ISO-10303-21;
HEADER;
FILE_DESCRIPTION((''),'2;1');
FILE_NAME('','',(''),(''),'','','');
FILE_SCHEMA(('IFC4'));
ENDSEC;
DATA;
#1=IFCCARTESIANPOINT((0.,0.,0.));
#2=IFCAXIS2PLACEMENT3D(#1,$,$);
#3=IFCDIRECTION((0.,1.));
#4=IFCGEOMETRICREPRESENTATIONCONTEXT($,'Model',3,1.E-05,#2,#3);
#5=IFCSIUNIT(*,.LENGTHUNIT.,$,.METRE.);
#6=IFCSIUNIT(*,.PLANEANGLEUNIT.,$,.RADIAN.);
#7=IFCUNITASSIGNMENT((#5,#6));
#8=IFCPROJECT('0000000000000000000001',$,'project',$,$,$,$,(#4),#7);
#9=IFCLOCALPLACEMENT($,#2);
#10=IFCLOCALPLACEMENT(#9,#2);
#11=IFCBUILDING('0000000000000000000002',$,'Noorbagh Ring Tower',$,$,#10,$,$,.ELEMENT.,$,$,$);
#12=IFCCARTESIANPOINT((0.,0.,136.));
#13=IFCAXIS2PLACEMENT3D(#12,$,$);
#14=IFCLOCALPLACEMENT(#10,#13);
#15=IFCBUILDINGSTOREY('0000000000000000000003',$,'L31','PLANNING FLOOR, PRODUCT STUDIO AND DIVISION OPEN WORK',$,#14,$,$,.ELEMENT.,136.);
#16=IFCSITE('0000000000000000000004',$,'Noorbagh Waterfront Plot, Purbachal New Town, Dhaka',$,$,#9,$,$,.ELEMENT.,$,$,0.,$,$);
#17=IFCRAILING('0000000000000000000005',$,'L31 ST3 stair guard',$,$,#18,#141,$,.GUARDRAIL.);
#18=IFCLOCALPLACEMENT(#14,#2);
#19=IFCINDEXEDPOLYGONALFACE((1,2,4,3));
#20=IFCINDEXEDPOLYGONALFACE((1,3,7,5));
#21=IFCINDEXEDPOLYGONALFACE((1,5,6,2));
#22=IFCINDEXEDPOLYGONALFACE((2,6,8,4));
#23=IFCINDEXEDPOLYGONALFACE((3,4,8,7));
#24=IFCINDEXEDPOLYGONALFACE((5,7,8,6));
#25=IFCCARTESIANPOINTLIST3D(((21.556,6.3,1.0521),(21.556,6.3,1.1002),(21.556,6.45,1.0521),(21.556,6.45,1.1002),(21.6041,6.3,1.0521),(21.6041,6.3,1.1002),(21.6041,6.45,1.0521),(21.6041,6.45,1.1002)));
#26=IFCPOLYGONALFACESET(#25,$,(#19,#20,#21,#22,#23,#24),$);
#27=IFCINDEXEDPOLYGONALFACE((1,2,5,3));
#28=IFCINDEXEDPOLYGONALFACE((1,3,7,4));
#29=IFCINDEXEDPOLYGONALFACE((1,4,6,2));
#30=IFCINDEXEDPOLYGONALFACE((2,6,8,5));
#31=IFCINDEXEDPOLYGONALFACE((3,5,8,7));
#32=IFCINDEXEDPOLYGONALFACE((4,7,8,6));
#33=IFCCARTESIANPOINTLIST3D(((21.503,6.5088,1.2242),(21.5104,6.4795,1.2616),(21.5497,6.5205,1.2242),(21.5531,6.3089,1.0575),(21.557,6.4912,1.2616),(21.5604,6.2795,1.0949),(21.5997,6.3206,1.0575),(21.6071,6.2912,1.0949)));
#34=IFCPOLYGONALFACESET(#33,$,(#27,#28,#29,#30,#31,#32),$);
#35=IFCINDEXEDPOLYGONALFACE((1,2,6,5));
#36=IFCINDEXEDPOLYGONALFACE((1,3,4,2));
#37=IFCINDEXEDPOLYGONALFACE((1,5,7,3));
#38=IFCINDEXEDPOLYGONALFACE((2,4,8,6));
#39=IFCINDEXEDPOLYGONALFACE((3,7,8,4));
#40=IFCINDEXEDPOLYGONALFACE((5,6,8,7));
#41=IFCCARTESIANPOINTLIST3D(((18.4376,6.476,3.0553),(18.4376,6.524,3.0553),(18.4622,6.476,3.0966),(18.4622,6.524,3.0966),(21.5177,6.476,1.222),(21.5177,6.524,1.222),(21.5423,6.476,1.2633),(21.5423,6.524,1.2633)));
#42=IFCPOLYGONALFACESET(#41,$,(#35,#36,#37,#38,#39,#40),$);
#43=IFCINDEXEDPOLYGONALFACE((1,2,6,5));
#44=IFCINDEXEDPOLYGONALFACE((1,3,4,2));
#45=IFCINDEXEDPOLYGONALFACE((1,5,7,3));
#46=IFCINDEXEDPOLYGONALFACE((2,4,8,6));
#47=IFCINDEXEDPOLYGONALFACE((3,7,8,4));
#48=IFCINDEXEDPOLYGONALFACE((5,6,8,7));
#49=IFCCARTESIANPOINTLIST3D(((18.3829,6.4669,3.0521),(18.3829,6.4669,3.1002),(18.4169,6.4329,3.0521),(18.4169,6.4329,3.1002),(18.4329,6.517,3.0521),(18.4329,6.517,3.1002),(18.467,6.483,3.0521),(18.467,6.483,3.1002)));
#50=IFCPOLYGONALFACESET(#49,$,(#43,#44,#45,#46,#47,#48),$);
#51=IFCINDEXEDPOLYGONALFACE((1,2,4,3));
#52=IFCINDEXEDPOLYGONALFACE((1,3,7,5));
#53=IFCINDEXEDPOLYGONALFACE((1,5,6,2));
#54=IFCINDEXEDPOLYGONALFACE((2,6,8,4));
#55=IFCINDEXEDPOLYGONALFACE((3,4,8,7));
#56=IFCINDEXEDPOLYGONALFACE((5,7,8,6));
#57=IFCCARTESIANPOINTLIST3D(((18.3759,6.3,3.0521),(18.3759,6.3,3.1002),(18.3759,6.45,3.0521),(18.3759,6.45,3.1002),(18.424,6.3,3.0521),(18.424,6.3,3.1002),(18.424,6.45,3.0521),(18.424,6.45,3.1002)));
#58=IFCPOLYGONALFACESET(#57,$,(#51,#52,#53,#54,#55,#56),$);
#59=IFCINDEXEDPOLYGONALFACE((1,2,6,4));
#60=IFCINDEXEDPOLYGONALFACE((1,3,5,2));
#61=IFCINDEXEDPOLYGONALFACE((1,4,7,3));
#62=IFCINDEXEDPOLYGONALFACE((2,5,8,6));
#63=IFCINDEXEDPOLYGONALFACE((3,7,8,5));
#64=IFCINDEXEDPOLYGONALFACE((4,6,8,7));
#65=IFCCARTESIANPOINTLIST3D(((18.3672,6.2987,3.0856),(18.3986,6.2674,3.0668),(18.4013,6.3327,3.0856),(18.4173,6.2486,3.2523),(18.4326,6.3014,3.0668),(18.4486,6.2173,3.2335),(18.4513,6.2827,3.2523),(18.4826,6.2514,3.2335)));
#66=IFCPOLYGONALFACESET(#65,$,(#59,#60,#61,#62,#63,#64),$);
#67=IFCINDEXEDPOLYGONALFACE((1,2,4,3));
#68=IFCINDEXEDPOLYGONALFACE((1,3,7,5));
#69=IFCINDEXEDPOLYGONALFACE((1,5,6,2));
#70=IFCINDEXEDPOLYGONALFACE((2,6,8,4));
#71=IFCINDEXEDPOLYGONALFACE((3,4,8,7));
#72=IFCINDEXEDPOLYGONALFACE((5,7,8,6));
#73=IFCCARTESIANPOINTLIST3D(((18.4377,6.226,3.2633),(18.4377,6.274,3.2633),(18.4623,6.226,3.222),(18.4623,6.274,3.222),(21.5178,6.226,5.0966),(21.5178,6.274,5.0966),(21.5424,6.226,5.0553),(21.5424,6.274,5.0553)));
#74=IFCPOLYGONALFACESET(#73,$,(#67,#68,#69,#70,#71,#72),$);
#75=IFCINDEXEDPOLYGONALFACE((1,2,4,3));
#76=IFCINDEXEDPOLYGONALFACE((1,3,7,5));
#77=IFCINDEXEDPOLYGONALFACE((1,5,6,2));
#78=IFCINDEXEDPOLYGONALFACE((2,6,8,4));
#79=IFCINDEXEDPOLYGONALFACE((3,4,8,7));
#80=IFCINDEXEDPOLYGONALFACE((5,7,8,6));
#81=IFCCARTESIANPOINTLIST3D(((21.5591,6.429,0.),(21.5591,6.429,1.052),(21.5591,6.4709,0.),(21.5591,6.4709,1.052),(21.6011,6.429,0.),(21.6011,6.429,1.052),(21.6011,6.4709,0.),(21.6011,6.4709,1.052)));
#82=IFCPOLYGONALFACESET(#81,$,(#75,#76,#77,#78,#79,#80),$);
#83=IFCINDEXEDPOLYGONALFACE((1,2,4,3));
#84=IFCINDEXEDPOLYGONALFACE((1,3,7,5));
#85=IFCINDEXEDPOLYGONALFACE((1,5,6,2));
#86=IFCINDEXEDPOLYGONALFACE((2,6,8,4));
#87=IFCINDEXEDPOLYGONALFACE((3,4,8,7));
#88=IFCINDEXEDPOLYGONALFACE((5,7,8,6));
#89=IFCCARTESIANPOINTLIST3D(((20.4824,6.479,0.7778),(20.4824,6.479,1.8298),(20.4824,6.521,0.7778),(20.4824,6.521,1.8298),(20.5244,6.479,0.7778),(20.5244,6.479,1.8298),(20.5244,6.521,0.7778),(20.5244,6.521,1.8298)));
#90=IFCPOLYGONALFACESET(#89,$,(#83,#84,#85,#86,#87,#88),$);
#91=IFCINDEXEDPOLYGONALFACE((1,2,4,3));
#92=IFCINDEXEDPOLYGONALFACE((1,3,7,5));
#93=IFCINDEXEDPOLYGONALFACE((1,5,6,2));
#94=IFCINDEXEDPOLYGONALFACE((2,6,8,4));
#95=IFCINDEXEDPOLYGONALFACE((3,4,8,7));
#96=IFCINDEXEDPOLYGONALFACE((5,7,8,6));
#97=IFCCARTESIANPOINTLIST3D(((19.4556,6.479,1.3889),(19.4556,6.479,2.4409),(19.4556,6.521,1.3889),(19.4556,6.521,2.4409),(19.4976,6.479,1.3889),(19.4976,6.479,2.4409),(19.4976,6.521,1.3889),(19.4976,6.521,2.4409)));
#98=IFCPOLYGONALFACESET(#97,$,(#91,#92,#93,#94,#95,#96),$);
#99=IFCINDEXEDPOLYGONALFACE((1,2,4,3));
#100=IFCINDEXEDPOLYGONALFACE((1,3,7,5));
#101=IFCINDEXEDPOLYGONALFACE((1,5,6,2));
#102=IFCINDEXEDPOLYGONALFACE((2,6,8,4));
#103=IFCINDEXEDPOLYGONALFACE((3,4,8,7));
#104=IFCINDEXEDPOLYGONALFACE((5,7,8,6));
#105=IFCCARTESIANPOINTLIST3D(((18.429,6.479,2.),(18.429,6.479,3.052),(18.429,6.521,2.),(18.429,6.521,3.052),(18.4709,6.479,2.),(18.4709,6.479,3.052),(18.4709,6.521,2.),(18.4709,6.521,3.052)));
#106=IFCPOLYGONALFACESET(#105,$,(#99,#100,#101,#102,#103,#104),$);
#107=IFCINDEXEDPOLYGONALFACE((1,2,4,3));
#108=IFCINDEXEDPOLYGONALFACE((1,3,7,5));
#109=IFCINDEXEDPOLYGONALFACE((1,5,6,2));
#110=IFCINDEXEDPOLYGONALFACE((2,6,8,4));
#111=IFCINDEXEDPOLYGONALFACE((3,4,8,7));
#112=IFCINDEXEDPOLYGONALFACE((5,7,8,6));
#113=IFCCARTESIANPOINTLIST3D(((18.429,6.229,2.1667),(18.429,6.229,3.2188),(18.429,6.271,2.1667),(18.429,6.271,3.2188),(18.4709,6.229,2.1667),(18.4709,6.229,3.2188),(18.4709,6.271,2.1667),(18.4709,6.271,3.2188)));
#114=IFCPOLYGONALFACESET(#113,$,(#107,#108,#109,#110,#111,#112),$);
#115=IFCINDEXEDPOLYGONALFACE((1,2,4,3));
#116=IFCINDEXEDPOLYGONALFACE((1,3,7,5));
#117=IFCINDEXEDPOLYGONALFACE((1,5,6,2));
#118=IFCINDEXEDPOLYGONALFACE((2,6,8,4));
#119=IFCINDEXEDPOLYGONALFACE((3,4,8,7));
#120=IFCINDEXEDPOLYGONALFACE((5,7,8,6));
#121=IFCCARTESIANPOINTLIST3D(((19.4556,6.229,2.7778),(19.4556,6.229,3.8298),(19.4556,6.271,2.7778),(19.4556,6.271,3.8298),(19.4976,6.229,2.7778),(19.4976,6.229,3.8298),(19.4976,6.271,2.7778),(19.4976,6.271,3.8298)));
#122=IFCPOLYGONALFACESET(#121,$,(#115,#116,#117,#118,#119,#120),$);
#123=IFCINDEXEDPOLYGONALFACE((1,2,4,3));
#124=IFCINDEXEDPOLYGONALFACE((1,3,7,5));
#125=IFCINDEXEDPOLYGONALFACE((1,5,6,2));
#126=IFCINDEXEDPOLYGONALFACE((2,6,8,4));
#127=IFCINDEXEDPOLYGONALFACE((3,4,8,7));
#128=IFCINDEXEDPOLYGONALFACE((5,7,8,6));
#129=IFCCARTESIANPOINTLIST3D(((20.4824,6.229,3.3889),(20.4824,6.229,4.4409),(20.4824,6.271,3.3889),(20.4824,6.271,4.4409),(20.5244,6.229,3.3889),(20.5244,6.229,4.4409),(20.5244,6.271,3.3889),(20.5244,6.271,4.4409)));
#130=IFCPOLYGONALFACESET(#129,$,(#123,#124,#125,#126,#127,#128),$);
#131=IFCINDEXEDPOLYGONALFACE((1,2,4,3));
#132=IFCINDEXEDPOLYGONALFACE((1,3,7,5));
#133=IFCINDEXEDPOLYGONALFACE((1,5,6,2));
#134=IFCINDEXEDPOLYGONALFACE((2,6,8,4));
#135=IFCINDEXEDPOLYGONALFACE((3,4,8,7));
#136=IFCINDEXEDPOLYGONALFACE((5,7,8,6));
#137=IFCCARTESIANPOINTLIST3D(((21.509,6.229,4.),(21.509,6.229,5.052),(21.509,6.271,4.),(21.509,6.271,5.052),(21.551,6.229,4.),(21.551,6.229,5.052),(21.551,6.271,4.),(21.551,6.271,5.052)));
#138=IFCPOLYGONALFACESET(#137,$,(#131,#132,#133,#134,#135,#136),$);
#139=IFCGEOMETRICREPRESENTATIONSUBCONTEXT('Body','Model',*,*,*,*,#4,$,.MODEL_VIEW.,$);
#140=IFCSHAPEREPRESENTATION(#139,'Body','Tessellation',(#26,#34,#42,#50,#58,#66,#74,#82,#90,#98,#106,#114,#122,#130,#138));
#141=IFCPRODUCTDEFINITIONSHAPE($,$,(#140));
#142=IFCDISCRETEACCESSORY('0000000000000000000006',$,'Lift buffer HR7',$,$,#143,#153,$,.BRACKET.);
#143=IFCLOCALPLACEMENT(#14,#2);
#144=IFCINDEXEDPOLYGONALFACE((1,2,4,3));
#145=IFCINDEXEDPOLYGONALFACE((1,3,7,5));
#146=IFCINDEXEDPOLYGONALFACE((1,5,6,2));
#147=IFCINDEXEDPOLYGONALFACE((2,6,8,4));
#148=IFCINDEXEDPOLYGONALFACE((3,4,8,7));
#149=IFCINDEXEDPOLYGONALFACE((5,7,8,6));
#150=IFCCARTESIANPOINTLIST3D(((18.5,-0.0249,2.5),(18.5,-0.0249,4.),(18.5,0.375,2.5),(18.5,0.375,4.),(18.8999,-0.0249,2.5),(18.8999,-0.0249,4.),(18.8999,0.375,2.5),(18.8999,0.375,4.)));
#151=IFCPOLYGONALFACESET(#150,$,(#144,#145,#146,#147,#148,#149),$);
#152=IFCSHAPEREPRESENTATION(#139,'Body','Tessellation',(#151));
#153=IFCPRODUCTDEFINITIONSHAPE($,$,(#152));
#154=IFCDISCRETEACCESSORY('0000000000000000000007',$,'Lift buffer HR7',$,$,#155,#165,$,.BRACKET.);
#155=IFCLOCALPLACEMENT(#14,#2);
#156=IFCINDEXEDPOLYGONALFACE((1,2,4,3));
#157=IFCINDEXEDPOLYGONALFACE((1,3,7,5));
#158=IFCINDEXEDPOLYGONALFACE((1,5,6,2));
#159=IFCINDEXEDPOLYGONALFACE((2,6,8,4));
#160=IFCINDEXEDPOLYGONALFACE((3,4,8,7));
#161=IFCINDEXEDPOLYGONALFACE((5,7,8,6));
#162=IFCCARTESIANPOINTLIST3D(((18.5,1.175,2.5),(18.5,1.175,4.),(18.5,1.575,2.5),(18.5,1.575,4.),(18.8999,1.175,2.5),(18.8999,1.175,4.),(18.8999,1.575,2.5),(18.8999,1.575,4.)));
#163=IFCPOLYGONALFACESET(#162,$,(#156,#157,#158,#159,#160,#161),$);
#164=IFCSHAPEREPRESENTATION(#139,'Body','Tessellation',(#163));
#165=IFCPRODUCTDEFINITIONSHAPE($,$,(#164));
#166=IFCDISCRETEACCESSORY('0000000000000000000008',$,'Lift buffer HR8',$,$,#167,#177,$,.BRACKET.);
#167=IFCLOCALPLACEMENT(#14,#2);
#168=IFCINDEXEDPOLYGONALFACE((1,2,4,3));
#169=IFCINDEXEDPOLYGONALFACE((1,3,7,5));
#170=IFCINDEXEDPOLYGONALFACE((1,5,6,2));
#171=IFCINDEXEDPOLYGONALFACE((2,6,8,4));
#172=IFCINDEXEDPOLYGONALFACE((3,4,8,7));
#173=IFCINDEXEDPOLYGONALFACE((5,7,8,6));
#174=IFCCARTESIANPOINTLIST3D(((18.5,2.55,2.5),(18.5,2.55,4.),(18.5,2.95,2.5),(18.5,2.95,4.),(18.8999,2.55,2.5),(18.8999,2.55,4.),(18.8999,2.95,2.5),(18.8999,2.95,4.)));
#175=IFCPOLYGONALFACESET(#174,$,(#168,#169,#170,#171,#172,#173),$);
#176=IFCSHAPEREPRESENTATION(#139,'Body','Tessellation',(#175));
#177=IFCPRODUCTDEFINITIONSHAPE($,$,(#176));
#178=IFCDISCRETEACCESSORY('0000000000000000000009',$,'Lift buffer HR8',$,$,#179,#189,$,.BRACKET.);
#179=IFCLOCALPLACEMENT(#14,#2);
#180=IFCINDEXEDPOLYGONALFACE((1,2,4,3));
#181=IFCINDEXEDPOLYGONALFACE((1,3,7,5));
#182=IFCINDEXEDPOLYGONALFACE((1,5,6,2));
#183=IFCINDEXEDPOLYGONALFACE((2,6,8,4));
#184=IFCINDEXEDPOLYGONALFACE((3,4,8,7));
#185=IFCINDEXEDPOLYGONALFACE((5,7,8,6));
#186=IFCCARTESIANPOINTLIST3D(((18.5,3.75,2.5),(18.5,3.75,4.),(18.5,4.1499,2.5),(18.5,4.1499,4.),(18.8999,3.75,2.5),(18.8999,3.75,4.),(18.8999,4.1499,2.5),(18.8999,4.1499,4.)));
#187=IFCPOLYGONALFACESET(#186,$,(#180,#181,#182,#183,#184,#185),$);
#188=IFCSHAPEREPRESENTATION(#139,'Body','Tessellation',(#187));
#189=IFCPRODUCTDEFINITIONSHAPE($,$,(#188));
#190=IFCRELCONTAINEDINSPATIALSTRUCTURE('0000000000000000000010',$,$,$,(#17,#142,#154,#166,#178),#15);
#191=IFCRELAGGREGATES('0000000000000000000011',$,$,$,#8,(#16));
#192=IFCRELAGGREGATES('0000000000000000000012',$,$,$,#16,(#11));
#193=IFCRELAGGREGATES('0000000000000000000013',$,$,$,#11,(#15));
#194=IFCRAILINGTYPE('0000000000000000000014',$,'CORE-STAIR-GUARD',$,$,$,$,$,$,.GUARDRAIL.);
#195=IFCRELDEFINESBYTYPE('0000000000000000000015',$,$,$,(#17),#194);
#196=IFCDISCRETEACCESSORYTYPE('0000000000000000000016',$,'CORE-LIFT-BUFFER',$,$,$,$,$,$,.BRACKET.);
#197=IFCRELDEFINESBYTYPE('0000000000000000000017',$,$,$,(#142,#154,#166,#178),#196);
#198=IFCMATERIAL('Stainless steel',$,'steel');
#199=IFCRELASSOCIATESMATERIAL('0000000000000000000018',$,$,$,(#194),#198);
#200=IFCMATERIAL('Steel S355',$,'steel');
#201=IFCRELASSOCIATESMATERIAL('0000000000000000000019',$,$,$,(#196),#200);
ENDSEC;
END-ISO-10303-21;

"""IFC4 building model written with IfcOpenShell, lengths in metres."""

from ifc_helpers import new_model, si_unit, direction, frame, origin, origin_2d, place, context, subcontext, project, spatial, rectangle, extrude, material, type_object, element, save


model = new_model("IFC4")

# Units and contexts
model_context = context("Model", 3, precision=1e-05, world=origin(), true_north=direction((0.0, 1.0)))
body_context = subcontext(model_context, "Body", "Model", "MODEL_VIEW")
ifc_project = project(units=[si_unit("LENGTHUNIT", "METRE"), si_unit("PLANEANGLEUNIT", "RADIAN")], contexts=[model_context])

# Site, building, storey
site_placement = place(None, origin())
site = spatial("IfcSite", under=ifc_project, at=site_placement, Name="Noorbagh Waterfront Plot, Purbachal New Town, Dhaka", CompositionType="ELEMENT", RefElevation=0.0)
building_placement = place(site_placement, origin())
building = spatial("IfcBuilding", under=site, at=building_placement, Name="Noorbagh Ring Tower", CompositionType="ELEMENT")
storey_placement = place(building_placement, frame((0.0, 0.0, 136.0)))
storey = spatial("IfcBuildingStorey", under=building, at=storey_placement, Name="L31", Description="PLANNING FLOOR, PRODUCT STUDIO AND DIVISION OPEN WORK", CompositionType="ELEMENT", Elevation=136.0)

# Railing
ifc_material_1 = material(Name="Stainless steel", Category="steel")
railing_type = type_object("IfcRailingType", Name="CORE-STAIR-GUARD", PredefinedType="GUARDRAIL", material=ifc_material_1)
railing_placement = place(storey_placement, frame((21.5801, 6.45, 0.0)))
element("IfcRailing", 1, at=railing_placement, inside=storey, type_object=railing_type, Name="L31 ST3 stair guard", PredefinedType="GUARDRAIL", context=body_context, shape_type="SweptSolid", body=[
    extrude(rectangle(XDim=0.0481, YDim=0.0481, at=origin_2d()), frame((0.0, 0.0, 1.0762), z_axis=(0.0, -1.0, 0.0), x_axis=(1.0, 0.0, 0.0)), (0.0, 0.0, 1.0), 0.1499),
    extrude(rectangle(XDim=0.0481, YDim=0.0481, at=origin_2d()), frame((0.0, -0.1499, 1.0762), z_axis=(-0.188776, 0.754182, 0.628946), x_axis=(-0.970073, -0.242814, 0.0)), (0.0, 0.0, 1.0), 0.2651),
    extrude(rectangle(XDim=0.0481, YDim=0.0481, at=origin_2d()), frame((-0.05, 0.05, 1.2427), z_axis=(-0.859309, 0.0, 0.511458), x_axis=(0.0, -1.0, 0.0)), (0.0, 0.0, 1.0), 3.5845),
    extrude(rectangle(XDim=0.0481, YDim=0.0481, at=origin_2d()), frame((-3.1301, 0.05, 3.0762), z_axis=(-0.707107, -0.707107, 0.0), x_axis=(0.707107, -0.707107, 0.0)), (0.0, 0.0, 1.0), 0.0708),
    extrude(rectangle(XDim=0.0481, YDim=0.0481, at=origin_2d()), frame((-3.1802, 0.0, 3.0762), z_axis=(0.0, -1.0, 0.0), x_axis=(1.0, 0.0, 0.0)), (0.0, 0.0, 1.0), 0.1499),
    extrude(rectangle(XDim=0.0481, YDim=0.0481, at=origin_2d()), frame((-3.1802, -0.1499, 3.0762), z_axis=(0.276287, -0.276287, 0.920506), x_axis=(0.707107, 0.707107, 0.0)), (0.0, 0.0, 1.0), 0.1812),
    extrude(rectangle(XDim=0.0481, YDim=0.0481, at=origin_2d()), frame((-3.1301, -0.2, 3.2427), z_axis=(0.859309, 0.0, 0.511458), x_axis=(0.0, 1.0, 0.0)), (0.0, 0.0, 1.0), 3.5845),
    extrude(rectangle(XDim=0.042, YDim=0.042, at=origin_2d()), origin(), (0.0, 0.0, 1.0), 1.052),
    extrude(rectangle(XDim=0.042, YDim=0.042, at=origin_2d()), frame((-1.0767, 0.05, 0.7778)), (0.0, 0.0, 1.0), 1.052),
    extrude(rectangle(XDim=0.042, YDim=0.042, at=origin_2d()), frame((-2.1035, 0.05, 1.3889)), (0.0, 0.0, 1.0), 1.052),
    extrude(rectangle(XDim=0.042, YDim=0.042, at=origin_2d()), frame((-3.1301, 0.05, 2.0)), (0.0, 0.0, 1.0), 1.052),
    extrude(rectangle(XDim=0.042, YDim=0.042, at=origin_2d()), frame((-3.1301, -0.2, 2.1667)), (0.0, 0.0, 1.0), 1.052),
    extrude(rectangle(XDim=0.042, YDim=0.042, at=origin_2d()), frame((-2.1035, -0.2, 2.7778)), (0.0, 0.0, 1.0), 1.052),
    extrude(rectangle(XDim=0.042, YDim=0.042, at=origin_2d()), frame((-1.0767, -0.2, 3.3889)), (0.0, 0.0, 1.0), 1.052),
    extrude(rectangle(XDim=0.042, YDim=0.042, at=origin_2d()), frame((-0.05, -0.2, 4.0)), (0.0, 0.0, 1.0), 1.052),
])

# Discrete accessories
ifc_material_2 = material(Name="Steel S355", Category="steel")
discrete_accessory_type = type_object("IfcDiscreteAccessoryType", Name="CORE-LIFT-BUFFER", PredefinedType="BRACKET", material=ifc_material_2)
for number, where, z_axis, x_axis, name in (
    (2, (18.7, 0.175, 2.5), (0.0, 0.0, 1.0), (1.0, 0.0, 0.0), "Lift buffer HR7"),
    (3, (18.7, 1.375, 2.5), (0.0, 0.0, 1.0), (1.0, 0.0, 0.0), "Lift buffer HR7"),
    (4, (18.7, 2.75, 2.5), (0.0, 0.0, 1.0), (1.0, 0.0, 0.0), "Lift buffer HR8"),
    (5, (18.7, 3.95, 2.5), (0.0, 0.0, 1.0), (1.0, 0.0, 0.0), "Lift buffer HR8"),
):
    element("IfcDiscreteAccessory", number, at=place(storey_placement, frame(where, z_axis=z_axis, x_axis=x_axis)), inside=storey, type_object=discrete_accessory_type, Name=name, PredefinedType="BRACKET", context=body_context, shape_type="SweptSolid", body=[
        extrude(rectangle(XDim=0.3999, YDim=0.3999, at=origin_2d()), origin(), (0.0, 0.0, 1.0), 1.5),
    ])

save(model, "model.ifc")
